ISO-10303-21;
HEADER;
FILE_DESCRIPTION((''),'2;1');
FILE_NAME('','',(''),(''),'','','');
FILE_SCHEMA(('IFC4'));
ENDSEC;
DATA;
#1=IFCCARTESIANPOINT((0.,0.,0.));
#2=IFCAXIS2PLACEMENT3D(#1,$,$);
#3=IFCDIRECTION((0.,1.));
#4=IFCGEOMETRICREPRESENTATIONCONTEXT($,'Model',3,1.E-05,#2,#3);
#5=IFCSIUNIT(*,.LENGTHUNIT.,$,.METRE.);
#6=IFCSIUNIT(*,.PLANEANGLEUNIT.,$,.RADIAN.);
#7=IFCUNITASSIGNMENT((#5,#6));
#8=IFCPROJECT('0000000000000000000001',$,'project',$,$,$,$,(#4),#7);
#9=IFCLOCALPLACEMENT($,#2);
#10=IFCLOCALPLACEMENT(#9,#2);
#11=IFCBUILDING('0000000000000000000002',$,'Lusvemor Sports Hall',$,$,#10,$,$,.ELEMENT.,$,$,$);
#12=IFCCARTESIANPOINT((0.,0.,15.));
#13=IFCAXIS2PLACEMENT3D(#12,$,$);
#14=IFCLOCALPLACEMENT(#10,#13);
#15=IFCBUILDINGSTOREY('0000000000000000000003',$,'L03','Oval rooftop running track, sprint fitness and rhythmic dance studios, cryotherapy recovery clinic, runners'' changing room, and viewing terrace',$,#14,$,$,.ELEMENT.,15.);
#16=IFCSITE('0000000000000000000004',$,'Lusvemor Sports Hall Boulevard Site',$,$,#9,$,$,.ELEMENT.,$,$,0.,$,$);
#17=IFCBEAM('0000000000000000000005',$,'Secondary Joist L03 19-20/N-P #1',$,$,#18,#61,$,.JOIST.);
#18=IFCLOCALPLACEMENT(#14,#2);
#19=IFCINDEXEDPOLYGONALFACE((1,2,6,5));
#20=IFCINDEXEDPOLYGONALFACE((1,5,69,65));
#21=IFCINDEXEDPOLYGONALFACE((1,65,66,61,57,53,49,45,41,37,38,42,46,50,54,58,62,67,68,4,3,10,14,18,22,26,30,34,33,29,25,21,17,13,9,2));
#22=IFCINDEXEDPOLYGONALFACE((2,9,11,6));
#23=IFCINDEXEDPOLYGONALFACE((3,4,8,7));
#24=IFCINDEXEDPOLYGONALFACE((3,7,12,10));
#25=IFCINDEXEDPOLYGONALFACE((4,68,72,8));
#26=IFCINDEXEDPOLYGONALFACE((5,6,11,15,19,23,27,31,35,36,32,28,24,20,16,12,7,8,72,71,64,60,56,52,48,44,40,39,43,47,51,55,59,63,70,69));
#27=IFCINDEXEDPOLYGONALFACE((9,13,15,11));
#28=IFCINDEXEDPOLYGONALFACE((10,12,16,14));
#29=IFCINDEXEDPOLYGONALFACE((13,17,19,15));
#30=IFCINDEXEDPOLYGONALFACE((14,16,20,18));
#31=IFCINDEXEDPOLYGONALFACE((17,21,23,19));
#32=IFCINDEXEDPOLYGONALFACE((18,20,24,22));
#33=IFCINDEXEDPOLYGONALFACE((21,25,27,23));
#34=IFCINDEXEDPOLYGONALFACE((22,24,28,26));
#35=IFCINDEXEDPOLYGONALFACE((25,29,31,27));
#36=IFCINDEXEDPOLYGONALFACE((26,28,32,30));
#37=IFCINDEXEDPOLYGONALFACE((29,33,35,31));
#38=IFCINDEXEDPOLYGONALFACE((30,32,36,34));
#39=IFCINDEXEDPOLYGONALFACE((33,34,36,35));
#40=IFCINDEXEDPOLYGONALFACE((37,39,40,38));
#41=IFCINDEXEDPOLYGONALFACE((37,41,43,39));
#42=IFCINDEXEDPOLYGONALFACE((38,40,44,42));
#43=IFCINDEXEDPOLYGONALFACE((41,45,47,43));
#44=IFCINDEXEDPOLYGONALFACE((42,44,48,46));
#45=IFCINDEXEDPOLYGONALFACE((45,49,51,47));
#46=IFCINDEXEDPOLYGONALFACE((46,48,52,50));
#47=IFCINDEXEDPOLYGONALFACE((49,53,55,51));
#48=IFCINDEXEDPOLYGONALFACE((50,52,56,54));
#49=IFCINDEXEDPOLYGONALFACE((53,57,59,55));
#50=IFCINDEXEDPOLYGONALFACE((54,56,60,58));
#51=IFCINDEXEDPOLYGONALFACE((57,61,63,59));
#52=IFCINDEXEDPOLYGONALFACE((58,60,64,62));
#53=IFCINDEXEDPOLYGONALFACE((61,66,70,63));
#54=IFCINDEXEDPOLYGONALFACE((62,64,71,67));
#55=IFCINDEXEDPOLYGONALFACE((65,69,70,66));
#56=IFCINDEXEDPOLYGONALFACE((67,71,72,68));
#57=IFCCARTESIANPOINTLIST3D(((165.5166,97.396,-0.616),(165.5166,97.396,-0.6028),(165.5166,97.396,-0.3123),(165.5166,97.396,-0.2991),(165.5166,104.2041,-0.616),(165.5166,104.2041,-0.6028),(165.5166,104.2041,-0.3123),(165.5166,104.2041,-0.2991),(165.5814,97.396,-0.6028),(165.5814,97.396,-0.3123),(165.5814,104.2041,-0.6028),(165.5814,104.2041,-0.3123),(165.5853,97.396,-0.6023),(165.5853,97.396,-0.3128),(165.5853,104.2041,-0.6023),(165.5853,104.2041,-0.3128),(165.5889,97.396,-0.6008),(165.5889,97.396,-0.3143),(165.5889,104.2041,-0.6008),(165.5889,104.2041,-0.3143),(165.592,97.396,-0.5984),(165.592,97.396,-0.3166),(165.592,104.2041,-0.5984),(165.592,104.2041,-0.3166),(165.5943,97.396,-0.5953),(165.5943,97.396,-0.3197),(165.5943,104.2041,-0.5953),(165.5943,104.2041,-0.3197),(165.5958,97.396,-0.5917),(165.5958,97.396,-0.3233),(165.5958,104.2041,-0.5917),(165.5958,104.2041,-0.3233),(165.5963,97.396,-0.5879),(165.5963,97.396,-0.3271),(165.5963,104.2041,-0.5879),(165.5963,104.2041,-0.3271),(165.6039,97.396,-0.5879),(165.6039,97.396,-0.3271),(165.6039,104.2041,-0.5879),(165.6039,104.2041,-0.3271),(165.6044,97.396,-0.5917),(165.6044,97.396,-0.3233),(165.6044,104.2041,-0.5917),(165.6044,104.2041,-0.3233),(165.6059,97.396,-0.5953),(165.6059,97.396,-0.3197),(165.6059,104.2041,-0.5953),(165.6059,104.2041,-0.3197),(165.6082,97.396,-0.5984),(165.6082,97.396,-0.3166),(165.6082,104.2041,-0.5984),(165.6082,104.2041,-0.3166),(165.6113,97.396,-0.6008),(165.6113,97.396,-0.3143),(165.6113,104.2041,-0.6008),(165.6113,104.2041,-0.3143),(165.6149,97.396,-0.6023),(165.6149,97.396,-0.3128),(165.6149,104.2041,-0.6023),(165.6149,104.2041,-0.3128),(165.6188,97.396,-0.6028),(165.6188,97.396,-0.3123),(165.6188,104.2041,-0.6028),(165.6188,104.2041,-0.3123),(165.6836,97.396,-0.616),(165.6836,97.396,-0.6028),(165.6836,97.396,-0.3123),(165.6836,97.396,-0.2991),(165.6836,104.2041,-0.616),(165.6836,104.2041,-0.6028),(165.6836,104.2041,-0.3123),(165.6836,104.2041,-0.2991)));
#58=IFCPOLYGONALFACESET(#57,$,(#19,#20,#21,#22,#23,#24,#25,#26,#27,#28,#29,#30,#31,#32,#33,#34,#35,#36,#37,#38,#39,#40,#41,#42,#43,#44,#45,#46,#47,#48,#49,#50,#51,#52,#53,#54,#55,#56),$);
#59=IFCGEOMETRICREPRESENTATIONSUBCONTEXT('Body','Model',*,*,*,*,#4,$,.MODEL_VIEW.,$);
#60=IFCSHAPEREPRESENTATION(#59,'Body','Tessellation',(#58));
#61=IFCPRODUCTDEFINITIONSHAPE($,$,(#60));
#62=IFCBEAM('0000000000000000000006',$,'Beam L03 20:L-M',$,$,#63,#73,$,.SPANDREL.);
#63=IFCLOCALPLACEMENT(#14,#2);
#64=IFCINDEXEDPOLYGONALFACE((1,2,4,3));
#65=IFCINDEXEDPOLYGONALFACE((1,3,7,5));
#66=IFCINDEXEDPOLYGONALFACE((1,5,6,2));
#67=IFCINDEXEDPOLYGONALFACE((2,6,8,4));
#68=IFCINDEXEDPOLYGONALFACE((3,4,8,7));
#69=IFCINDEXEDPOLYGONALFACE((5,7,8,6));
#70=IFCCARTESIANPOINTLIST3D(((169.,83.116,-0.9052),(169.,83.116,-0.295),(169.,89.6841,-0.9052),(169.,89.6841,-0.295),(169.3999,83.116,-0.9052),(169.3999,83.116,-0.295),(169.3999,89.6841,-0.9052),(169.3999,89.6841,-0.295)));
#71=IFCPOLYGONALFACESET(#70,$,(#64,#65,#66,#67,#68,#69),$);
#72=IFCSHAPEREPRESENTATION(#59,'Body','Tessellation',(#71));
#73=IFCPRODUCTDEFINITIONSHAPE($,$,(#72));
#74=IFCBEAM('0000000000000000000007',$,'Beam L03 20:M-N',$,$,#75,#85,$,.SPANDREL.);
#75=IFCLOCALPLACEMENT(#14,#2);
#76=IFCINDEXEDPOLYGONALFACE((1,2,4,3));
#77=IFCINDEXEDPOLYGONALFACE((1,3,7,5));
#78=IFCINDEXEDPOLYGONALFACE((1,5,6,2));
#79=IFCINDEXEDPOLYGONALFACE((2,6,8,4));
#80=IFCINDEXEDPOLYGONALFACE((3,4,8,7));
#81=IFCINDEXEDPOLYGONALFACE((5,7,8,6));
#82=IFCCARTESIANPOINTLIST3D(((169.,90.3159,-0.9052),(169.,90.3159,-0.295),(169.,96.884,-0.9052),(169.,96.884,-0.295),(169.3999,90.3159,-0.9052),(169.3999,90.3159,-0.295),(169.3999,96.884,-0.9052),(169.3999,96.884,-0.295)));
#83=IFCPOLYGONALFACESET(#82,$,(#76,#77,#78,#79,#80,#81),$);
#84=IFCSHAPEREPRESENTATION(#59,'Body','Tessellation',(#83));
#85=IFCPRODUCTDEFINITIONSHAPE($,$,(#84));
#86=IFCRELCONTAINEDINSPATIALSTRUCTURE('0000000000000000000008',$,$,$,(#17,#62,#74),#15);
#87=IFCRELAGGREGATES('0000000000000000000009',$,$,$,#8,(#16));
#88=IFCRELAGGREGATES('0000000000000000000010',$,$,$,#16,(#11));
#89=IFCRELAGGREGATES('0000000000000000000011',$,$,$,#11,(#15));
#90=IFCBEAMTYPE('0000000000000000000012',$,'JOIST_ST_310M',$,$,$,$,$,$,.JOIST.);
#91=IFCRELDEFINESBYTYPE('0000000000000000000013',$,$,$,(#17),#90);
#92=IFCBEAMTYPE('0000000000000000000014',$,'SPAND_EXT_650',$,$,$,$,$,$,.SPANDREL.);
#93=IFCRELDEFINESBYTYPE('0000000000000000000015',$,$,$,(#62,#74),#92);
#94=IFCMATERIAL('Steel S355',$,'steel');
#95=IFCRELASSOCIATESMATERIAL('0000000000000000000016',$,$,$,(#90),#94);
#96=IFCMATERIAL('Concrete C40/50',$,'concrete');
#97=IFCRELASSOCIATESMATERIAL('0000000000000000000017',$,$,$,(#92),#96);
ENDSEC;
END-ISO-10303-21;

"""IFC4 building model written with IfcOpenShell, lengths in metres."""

from ifc_helpers import new_model, si_unit, direction, frame, origin, origin_2d, place, context, subcontext, project, spatial, rectangle, i_section, extrude, material, material_profile, profile_set, type_object, element, save


model = new_model("IFC4")

# Units and contexts
model_context = context("Model", 3, precision=1e-05, world=origin(), true_north=direction((0.0, 1.0)))
body_context = subcontext(model_context, "Body", "Model", "MODEL_VIEW")
ifc_project = project(units=[si_unit("LENGTHUNIT", "METRE"), si_unit("PLANEANGLEUNIT", "RADIAN")], contexts=[model_context])

# Site, building, storey
site_placement = place(None, origin())
site = spatial("IfcSite", under=ifc_project, at=site_placement, Name="Lusvemor Sports Hall Boulevard Site", CompositionType="ELEMENT", RefElevation=0.0)
building_placement = place(site_placement, origin())
building = spatial("IfcBuilding", under=site, at=building_placement, Name="Lusvemor Sports Hall", CompositionType="ELEMENT")
storey_placement = place(building_placement, frame((0.0, 0.0, 15.0)))
storey = spatial("IfcBuildingStorey", under=building, at=storey_placement, Name="L03", Description="Oval rooftop running track, sprint fitness and rhythmic dance studios, cryotherapy recovery clinic, runners' changing room, and viewing terrace", CompositionType="ELEMENT", Elevation=15.0)

# Beams
ifc_material_1 = material(Name="Steel S355", Category="steel")
ifc_material_profile_1 = material_profile(ifc_material_1, i_section(OverallWidth=0.167, OverallDepth=0.3169, WebThickness=0.0076, FlangeThickness=0.0132, FilletRadius=0.0149, at=origin_2d()), Name="W310x52.0")
ifc_profile_set_1 = profile_set([ifc_material_profile_1], Name="Steel S355")
beam_type_1 = type_object("IfcBeamType", Name="JOIST_ST_310M", PredefinedType="JOIST", material=ifc_profile_set_1)
beam_1_placement = place(storey_placement, frame((165.6001, 97.396, -0.4575), z_axis=(0.0, 1.0, 0.0), x_axis=(-1.0, 0.0, 0.0)))
element("IfcBeam", 1, at=beam_1_placement, inside=storey, type_object=beam_type_1, Name="Secondary Joist L03 19-20/N-P #1", PredefinedType="JOIST", context=body_context, shape_type="SweptSolid", body=[
    extrude(i_section(OverallWidth=0.167, OverallDepth=0.3169, WebThickness=0.0076, FlangeThickness=0.0132, FilletRadius=0.0149, at=origin_2d()), origin(), (0.0, 0.0, 1.0), 6.8081),
])
ifc_material_2 = material(Name="Concrete C40/50", Category="concrete")
ifc_material_profile_2 = material_profile(ifc_material_2, rectangle(XDim=0.3999, YDim=0.6101, at=origin_2d()), Name="RC400x610")
ifc_profile_set_2 = profile_set([ifc_material_profile_2], Name="Concrete C40/50")
beam_type_2 = type_object("IfcBeamType", Name="SPAND_EXT_650", PredefinedType="SPANDREL", material=ifc_profile_set_2)
for number, where, z_axis, x_axis, name in (
    (2, (169.2, 83.116, -0.6001), (0.0, 1.0, 0.0), (-1.0, 0.0, 0.0), "Beam L03 20:L-M"),
    (3, (169.2, 90.3159, -0.6001), (0.0, 1.0, 0.0), (-1.0, 0.0, 0.0), "Beam L03 20:M-N"),
):
    element("IfcBeam", number, at=place(storey_placement, frame(where, z_axis=z_axis, x_axis=x_axis)), inside=storey, type_object=beam_type_2, Name=name, PredefinedType="SPANDREL", context=body_context, shape_type="SweptSolid", body=[
        extrude(rectangle(XDim=0.3999, YDim=0.6101, at=origin_2d()), origin(), (0.0, 0.0, 1.0), 6.5681),
    ])

save(model, "model.ifc")
